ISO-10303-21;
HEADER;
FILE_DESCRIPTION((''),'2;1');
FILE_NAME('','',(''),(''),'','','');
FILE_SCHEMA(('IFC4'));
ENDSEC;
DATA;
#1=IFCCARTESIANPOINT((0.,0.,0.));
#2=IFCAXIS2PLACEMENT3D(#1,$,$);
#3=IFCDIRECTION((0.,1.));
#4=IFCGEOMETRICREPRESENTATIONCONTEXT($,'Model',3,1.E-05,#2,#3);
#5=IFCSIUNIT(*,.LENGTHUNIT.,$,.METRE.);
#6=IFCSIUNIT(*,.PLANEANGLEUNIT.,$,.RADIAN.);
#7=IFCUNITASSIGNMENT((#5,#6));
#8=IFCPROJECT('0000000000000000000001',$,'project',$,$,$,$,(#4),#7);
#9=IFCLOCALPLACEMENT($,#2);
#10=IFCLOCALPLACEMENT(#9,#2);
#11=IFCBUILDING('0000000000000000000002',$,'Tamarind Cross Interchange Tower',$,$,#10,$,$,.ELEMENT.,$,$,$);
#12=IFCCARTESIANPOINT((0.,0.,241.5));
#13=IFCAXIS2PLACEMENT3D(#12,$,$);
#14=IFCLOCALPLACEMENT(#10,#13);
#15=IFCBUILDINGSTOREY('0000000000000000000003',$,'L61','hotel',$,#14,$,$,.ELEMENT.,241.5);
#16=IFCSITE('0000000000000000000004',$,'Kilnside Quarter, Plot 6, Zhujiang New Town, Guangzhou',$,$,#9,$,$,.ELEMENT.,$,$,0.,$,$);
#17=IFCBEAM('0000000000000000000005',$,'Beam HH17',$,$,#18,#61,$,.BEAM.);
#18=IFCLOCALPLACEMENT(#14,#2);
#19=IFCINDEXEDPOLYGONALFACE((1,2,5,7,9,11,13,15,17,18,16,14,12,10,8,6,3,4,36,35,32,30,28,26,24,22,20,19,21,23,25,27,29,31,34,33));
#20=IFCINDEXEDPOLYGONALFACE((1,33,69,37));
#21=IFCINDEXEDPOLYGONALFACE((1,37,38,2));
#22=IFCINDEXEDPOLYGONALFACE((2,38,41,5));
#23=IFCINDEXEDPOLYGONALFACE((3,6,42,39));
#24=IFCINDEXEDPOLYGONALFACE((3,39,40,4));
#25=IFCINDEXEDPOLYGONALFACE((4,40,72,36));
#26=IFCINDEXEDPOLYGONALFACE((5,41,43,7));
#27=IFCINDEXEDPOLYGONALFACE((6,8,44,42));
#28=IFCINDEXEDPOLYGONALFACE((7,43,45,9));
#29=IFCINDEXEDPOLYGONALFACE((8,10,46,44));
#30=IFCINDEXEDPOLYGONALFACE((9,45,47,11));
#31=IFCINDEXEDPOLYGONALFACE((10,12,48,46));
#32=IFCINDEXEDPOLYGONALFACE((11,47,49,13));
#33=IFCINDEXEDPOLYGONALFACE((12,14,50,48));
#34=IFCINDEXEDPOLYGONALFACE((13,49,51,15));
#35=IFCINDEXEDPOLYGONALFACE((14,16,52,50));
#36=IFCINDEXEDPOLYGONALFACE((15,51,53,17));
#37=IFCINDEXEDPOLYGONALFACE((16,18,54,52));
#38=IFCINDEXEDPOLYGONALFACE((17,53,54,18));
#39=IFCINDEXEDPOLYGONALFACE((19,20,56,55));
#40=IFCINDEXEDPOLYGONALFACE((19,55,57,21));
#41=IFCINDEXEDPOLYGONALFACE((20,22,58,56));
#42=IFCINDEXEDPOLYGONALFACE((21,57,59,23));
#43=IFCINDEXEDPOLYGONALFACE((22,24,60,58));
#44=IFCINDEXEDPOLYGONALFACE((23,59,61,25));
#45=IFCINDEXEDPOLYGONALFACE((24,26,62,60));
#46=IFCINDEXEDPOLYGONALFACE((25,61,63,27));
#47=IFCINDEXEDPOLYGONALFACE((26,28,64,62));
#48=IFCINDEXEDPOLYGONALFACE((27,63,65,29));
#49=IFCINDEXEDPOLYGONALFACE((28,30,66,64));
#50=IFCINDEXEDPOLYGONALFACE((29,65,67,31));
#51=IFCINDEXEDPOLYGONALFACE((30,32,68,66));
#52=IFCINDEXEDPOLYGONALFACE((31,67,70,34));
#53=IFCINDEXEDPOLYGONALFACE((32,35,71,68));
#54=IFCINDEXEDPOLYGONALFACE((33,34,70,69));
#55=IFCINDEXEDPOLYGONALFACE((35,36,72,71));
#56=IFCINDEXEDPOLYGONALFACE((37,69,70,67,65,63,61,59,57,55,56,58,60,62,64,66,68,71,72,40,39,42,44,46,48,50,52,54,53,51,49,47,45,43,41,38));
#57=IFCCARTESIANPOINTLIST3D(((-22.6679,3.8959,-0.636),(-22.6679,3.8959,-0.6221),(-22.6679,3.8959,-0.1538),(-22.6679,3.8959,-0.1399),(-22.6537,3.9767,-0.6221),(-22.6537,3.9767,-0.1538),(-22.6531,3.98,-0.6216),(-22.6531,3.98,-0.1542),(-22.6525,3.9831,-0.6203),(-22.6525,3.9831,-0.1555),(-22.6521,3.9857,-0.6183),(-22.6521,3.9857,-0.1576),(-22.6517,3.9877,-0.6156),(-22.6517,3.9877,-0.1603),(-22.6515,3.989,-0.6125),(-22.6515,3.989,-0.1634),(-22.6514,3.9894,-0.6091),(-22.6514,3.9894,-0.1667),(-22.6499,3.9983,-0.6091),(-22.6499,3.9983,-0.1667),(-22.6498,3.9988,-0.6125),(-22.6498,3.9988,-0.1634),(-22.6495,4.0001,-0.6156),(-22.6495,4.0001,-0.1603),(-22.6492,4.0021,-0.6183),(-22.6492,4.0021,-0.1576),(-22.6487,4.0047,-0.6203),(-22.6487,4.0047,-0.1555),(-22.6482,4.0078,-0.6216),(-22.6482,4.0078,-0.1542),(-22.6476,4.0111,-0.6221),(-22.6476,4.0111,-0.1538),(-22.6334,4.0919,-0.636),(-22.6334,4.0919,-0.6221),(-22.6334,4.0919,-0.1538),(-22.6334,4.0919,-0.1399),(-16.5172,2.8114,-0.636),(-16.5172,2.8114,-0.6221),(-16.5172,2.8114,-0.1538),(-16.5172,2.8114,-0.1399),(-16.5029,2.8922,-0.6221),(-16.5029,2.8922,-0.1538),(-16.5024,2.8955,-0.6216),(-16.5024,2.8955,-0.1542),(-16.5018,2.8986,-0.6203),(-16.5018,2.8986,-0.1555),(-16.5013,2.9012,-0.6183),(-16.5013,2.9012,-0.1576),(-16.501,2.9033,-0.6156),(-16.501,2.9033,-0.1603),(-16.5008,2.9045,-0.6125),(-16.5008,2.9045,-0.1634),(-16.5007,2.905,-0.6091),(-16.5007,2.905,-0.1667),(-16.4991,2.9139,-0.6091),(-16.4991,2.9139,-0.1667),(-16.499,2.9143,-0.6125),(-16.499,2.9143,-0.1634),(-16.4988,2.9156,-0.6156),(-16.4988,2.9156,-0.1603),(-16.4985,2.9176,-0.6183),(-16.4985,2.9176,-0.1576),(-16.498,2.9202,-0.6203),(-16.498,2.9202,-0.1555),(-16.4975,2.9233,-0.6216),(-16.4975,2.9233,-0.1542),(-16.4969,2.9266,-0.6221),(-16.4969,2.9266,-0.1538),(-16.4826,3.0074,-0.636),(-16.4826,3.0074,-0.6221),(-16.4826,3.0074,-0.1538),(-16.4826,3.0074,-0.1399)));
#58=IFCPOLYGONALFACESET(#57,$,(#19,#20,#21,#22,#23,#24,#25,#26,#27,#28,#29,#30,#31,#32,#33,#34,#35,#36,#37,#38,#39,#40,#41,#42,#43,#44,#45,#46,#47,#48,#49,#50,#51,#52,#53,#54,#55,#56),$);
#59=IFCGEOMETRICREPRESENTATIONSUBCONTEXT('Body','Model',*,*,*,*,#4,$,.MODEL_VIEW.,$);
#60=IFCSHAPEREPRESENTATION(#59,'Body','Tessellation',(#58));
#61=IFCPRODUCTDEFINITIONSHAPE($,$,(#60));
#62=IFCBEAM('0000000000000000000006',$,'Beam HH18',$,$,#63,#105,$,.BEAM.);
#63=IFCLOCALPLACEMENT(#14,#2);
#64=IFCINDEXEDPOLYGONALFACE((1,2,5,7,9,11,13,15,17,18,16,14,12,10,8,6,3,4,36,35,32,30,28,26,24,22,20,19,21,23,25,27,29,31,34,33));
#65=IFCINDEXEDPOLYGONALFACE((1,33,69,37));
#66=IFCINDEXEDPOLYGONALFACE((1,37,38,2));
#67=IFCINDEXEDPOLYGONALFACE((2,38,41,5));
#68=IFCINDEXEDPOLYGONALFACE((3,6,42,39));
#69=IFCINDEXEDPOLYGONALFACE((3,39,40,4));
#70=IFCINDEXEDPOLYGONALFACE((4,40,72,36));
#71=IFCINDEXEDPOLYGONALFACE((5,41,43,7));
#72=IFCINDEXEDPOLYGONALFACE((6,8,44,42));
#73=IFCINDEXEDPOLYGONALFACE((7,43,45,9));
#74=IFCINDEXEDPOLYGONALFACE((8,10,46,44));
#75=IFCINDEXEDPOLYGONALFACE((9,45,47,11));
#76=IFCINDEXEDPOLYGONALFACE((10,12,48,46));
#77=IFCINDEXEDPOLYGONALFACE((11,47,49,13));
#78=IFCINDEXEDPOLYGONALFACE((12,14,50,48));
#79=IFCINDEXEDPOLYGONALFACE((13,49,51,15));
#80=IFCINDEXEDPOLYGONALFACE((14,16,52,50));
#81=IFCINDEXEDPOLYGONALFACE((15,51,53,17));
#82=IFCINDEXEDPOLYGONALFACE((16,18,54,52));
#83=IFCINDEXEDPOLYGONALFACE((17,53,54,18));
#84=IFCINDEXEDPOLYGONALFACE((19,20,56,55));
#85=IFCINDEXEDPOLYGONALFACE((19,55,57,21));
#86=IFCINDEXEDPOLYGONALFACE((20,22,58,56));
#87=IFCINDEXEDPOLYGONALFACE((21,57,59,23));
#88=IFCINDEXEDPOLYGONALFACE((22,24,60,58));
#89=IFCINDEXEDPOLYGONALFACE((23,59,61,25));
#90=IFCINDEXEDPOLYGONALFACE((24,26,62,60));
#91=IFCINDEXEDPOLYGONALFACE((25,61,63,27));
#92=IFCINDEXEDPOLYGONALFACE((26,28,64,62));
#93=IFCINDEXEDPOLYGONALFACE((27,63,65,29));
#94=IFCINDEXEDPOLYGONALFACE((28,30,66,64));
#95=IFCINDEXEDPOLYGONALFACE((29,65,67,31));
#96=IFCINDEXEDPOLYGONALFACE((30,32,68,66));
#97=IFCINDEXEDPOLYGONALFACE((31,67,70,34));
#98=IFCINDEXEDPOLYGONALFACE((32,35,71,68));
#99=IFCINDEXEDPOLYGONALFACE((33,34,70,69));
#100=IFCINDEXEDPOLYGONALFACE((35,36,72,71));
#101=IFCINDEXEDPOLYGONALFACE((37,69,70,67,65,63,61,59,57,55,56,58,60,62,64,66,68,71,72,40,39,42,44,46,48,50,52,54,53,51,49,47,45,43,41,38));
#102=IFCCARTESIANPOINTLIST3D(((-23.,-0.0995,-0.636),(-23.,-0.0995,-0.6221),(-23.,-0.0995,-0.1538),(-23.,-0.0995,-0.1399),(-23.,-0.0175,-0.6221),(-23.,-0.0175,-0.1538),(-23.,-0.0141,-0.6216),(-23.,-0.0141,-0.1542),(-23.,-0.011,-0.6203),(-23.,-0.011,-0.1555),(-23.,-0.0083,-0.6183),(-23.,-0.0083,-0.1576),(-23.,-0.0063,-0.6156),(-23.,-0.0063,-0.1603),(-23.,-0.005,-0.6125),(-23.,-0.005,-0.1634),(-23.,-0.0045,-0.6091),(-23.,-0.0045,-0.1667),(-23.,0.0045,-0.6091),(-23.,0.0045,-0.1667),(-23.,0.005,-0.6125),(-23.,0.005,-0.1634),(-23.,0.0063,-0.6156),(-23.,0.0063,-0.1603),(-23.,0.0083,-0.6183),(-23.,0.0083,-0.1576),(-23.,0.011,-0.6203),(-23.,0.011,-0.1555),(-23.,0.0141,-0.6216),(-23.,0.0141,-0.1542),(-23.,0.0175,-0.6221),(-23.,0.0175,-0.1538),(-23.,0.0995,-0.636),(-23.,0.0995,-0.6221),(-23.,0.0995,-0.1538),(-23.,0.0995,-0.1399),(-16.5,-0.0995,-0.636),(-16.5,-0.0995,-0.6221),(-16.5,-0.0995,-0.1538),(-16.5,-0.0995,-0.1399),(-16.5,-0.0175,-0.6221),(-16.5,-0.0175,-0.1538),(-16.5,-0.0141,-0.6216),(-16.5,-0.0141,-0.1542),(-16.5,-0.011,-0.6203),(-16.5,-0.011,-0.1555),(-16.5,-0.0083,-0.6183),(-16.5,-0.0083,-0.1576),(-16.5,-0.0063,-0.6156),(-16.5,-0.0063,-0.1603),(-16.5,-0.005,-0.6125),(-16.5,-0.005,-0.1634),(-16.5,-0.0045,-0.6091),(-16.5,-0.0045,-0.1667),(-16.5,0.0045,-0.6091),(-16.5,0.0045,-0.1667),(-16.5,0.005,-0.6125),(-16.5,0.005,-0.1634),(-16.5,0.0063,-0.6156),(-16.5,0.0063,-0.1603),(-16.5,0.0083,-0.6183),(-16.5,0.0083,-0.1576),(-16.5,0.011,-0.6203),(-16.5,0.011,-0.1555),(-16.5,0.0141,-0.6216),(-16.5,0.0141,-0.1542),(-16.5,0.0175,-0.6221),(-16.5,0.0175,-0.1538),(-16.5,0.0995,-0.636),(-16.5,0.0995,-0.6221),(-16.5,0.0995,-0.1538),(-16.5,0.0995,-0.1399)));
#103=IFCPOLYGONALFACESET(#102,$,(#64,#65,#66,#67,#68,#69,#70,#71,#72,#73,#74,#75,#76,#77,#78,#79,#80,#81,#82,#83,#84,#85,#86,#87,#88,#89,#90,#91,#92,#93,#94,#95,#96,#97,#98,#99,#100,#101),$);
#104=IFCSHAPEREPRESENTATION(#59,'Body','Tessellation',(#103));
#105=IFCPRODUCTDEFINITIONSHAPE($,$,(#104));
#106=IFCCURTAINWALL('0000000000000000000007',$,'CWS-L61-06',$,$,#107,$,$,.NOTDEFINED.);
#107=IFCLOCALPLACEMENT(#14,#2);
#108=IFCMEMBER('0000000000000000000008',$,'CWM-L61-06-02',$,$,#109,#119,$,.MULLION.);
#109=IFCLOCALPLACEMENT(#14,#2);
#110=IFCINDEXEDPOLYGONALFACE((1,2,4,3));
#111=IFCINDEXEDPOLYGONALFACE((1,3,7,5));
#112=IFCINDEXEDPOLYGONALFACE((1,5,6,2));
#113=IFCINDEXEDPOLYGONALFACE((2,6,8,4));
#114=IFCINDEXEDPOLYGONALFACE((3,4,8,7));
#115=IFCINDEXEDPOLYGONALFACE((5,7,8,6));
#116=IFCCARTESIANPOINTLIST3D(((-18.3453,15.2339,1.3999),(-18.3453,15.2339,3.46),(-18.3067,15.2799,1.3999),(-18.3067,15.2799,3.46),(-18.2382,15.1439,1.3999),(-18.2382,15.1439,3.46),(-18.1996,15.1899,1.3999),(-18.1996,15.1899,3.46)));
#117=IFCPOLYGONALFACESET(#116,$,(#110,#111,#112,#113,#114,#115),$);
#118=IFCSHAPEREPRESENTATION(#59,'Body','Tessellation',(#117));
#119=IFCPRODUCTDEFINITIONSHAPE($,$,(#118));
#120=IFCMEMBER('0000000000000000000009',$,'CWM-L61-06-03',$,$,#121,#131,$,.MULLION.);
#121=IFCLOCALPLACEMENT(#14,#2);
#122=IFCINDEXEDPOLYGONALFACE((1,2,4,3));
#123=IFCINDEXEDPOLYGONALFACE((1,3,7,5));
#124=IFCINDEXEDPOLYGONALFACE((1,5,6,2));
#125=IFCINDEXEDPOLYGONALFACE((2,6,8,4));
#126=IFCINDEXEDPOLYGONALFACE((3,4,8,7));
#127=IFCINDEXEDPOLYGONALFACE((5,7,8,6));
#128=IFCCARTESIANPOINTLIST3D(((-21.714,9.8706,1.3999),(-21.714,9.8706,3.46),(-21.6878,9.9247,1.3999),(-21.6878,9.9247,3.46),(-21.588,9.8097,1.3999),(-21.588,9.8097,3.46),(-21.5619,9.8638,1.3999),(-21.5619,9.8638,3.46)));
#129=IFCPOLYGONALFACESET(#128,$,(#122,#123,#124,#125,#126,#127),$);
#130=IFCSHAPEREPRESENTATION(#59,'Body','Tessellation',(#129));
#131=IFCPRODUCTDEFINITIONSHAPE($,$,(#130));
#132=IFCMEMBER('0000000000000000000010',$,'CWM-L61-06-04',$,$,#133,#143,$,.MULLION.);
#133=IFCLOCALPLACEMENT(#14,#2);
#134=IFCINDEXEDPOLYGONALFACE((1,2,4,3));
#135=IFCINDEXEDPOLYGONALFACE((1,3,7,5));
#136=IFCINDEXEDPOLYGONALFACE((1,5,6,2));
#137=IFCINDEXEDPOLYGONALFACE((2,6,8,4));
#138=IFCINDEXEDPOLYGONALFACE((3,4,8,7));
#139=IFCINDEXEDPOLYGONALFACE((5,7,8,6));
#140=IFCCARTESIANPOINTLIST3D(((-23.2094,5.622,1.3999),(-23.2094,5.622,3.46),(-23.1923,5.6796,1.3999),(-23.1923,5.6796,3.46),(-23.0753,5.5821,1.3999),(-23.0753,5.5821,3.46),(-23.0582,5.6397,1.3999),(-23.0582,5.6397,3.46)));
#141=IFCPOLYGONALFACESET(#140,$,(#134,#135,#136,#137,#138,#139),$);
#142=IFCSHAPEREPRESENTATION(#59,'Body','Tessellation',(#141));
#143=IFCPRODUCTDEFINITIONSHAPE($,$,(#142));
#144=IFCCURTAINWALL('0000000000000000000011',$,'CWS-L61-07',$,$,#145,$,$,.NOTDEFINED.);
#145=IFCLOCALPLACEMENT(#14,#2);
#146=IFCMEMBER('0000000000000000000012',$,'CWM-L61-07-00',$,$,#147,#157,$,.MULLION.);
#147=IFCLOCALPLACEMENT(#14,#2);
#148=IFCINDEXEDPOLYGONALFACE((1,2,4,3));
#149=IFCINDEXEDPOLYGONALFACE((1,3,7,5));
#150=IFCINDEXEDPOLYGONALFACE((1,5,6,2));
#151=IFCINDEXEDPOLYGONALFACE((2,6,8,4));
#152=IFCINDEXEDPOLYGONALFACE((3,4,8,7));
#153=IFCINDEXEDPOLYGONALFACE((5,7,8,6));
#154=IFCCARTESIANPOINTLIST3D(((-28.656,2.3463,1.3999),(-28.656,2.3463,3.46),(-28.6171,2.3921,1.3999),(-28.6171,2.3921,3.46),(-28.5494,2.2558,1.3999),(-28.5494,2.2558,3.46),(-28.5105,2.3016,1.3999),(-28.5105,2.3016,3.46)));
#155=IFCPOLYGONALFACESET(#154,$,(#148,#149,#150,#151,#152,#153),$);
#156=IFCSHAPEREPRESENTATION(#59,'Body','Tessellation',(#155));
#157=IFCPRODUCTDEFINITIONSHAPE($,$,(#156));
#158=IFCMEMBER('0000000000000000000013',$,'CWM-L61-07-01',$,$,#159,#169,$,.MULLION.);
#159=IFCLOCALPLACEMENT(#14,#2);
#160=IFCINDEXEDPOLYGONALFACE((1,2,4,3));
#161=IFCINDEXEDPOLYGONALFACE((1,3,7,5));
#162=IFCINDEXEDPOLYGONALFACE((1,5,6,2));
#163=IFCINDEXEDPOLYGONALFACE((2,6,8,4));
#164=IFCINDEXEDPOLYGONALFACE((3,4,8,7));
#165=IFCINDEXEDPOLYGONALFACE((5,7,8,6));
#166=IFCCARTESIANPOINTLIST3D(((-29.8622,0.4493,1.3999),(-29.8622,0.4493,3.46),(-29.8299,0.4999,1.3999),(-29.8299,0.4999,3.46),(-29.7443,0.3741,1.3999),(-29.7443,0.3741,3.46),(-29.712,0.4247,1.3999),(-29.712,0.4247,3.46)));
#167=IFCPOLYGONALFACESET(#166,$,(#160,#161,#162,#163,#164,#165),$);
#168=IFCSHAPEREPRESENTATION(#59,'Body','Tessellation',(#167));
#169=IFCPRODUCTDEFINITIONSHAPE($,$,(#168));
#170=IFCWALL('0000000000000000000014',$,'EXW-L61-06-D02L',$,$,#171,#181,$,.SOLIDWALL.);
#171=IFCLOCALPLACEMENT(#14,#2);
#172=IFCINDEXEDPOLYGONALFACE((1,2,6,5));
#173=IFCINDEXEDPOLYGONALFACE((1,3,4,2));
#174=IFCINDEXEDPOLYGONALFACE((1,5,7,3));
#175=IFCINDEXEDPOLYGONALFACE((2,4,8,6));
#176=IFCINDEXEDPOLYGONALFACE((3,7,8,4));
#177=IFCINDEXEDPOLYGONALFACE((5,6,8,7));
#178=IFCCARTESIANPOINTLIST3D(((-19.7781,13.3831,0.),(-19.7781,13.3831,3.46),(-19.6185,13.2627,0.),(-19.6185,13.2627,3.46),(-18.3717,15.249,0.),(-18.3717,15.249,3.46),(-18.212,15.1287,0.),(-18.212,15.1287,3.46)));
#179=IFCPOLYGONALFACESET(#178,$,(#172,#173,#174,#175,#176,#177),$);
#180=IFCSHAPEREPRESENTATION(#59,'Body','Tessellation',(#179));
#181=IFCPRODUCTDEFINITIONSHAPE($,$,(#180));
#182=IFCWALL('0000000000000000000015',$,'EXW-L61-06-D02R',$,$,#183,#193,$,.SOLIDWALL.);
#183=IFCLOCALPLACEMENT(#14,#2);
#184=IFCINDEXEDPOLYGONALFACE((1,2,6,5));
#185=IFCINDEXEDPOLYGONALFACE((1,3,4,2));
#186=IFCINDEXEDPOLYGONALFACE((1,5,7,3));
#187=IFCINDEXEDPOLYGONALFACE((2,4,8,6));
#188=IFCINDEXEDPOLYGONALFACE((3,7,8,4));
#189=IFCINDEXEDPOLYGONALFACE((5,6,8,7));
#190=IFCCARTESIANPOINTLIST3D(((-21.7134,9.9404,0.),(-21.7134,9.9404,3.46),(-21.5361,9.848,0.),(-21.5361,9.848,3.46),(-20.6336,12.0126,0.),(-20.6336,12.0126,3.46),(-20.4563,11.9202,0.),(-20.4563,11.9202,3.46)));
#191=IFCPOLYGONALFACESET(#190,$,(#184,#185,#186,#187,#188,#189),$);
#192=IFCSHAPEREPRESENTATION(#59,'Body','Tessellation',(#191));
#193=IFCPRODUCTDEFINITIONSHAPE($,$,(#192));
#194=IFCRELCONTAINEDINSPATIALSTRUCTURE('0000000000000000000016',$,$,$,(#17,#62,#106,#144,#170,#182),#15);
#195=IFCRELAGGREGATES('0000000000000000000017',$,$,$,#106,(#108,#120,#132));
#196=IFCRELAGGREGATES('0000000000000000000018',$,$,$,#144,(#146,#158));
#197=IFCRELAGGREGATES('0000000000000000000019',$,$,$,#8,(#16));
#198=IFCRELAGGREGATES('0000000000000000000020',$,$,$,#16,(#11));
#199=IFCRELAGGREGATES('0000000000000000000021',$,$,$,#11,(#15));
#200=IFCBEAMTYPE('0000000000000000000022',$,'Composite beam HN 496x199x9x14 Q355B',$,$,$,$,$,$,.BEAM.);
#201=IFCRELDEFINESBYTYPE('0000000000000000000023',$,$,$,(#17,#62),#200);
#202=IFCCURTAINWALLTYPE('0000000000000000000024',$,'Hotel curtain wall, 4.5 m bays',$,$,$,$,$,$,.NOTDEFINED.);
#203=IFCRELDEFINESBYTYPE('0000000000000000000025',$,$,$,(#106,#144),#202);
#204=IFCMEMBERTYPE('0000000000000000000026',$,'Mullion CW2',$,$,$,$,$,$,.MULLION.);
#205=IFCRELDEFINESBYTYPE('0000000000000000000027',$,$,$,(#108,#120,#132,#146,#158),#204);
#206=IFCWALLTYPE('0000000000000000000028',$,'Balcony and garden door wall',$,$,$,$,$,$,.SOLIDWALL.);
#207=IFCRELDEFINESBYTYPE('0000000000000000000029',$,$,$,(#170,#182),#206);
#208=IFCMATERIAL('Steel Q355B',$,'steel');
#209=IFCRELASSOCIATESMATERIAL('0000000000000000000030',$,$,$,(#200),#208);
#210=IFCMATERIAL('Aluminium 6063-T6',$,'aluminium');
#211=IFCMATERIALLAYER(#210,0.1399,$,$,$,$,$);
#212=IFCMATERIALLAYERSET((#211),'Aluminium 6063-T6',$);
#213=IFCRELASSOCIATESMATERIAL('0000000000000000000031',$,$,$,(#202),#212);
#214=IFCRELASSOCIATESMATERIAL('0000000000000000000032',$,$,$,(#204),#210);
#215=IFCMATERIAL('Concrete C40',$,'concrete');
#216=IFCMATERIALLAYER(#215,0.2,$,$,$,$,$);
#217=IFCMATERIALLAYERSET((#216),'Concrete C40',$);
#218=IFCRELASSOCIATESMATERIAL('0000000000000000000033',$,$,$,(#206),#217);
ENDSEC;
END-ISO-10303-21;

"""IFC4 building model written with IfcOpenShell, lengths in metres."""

from ifc_helpers import new_model, si_unit, direction, frame, frame_2d, origin, origin_2d, place, context, subcontext, project, spatial, rectangle, i_section, extrude, material, layer, layer_set, material_profile, profile_set, type_object, element, aggregate, save


model = new_model("IFC4")

# Units and contexts
model_context = context("Model", 3, precision=1e-05, world=origin(), true_north=direction((0.0, 1.0)))
body_context = subcontext(model_context, "Body", "Model", "MODEL_VIEW")
ifc_project = project(units=[si_unit("LENGTHUNIT", "METRE"), si_unit("PLANEANGLEUNIT", "RADIAN")], contexts=[model_context])

# Site, building, storey
site_placement = place(None, origin())
site = spatial("IfcSite", under=ifc_project, at=site_placement, Name="Kilnside Quarter, Plot 6, Zhujiang New Town, Guangzhou", CompositionType="ELEMENT", RefElevation=0.0)
building_placement = place(site_placement, origin())
building = spatial("IfcBuilding", under=site, at=building_placement, Name="Tamarind Cross Interchange Tower", CompositionType="ELEMENT")
storey_placement = place(building_placement, frame((0.0, 0.0, 241.5)))
storey = spatial("IfcBuildingStorey", under=building, at=storey_placement, Name="L61", Description="hotel", CompositionType="ELEMENT", Elevation=241.5)

# Beams
ifc_material_1 = material(Name="Steel Q355B", Category="steel")
ifc_material_profile_1 = material_profile(ifc_material_1, i_section(OverallWidth=0.199, OverallDepth=0.4961, WebThickness=0.009, FlangeThickness=0.0139, FilletRadius=0.0129, at=origin_2d()), Name="HN 496x199x9x14")
ifc_profile_set_1 = profile_set([ifc_material_profile_1], Name="Steel Q355B")
beam_type = type_object("IfcBeamType", Name="Composite beam HN 496x199x9x14 Q355B", PredefinedType="BEAM", material=ifc_profile_set_1)
beam_1_placement = place(storey_placement, frame((-22.6506, 3.9939, -0.3879), z_axis=(0.984809, -0.17364, 0.0), x_axis=(0.17364, 0.984809, 0.0)))
element("IfcBeam", 1, at=beam_1_placement, inside=storey, type_object=beam_type, Name="Beam HH17", PredefinedType="BEAM", context=body_context, shape_type="SweptSolid", body=[
    extrude(i_section(OverallWidth=0.199, OverallDepth=0.4961, WebThickness=0.009, FlangeThickness=0.0139, FilletRadius=0.0129, at=origin_2d()), origin(), (0.0, 0.0, 1.0), 6.2456),
])
beam_2_placement = place(storey_placement, frame((-23.0, 0.0, -0.3879), z_axis=(1.0, 0.0, 0.0), x_axis=(0.0, 1.0, 0.0)))
element("IfcBeam", 2, at=beam_2_placement, inside=storey, type_object=beam_type, Name="Beam HH18", PredefinedType="BEAM", context=body_context, shape_type="SweptSolid", body=[
    extrude(i_section(OverallWidth=0.199, OverallDepth=0.4961, WebThickness=0.009, FlangeThickness=0.0139, FilletRadius=0.0129, at=origin_2d()), origin(), (0.0, 0.0, 1.0), 6.5),
])

# Curtain walls, members
ifc_material_2 = material(Name="Aluminium 6063-T6", Category="aluminium")
ifc_layer_1 = layer(ifc_material_2, 0.1399)
ifc_layer_set_1 = layer_set([ifc_layer_1], Name="Aluminium 6063-T6")
curtain_wall_type = type_object("IfcCurtainWallType", Name="Hotel curtain wall, 4.5 m bays", PredefinedType="NOTDEFINED", material=ifc_layer_set_1)
curtain_wall_1_placement = place(storey_placement, origin())
curtain_wall_1 = element("IfcCurtainWall", 3, at=curtain_wall_1_placement, inside=storey, type_object=curtain_wall_type, Name="CWS-L61-06", PredefinedType="NOTDEFINED")
ifc_material_profile_2 = material_profile(ifc_material_2, rectangle(XDim=0.0601, YDim=0.1399, at=origin_2d()), Name="Mullion CW2")
ifc_profile_set_2 = profile_set([ifc_material_profile_2], Name="Aluminium 6063-T6")
member_type = type_object("IfcMemberType", Name="Mullion CW2", PredefinedType="MULLION", material=ifc_profile_set_2)
member_1_placement = place(storey_placement, frame((-18.2725, 15.2119, 1.3999), z_axis=(0.0, 0.0, 1.0), x_axis=(-0.643009, -0.765858, 0.0)))
member_1 = element("IfcMember", 4, at=member_1_placement, type_object=member_type, Name="CWM-L61-06-02", PredefinedType="MULLION", context=body_context, shape_type="SweptSolid", body=[
    extrude(rectangle(XDim=0.0601, YDim=0.1399, at=origin_2d()), origin(), (0.0, 0.0, 1.0), 2.0601),
])
member_2_placement = place(storey_placement, frame((-21.6379, 9.8672, 1.3999), z_axis=(0.0, 0.0, 1.0), x_axis=(-0.435326, -0.900273, 0.0)))
member_2 = element("IfcMember", 5, at=member_2_placement, type_object=member_type, Name="CWM-L61-06-03", PredefinedType="MULLION", context=body_context, shape_type="SweptSolid", body=[
    extrude(rectangle(XDim=0.0601, YDim=0.1399, at=origin_2d()), origin(), (0.0, 0.0, 1.0), 2.0601),
])
member_3_placement = place(storey_placement, frame((-23.1338, 5.6309, 1.3999), z_axis=(0.0, 0.0, 1.0), x_axis=(-0.284975, -0.958535, 0.0)))
member_3 = element("IfcMember", 6, at=member_3_placement, type_object=member_type, Name="CWM-L61-06-04", PredefinedType="MULLION", context=body_context, shape_type="SweptSolid", body=[
    extrude(rectangle(XDim=0.0601, YDim=0.1399, at=origin_2d()), origin(), (0.0, 0.0, 1.0), 2.0601),
])
aggregate(curtain_wall_1, [member_1, member_2, member_3])
curtain_wall_2_placement = place(storey_placement, origin())
curtain_wall_2 = element("IfcCurtainWall", 7, at=curtain_wall_2_placement, inside=storey, type_object=curtain_wall_type, Name="CWS-L61-07", PredefinedType="NOTDEFINED")
member_4_placement = place(storey_placement, frame((-28.5833, 2.324, 1.3999), z_axis=(0.0, 0.0, 1.0), x_axis=(-0.647147, -0.762366, 0.0)))
member_4 = element("IfcMember", 8, at=member_4_placement, type_object=member_type, Name="CWM-L61-07-00", PredefinedType="MULLION", context=body_context, shape_type="SweptSolid", body=[
    extrude(rectangle(XDim=0.0601, YDim=0.1399, at=origin_2d()), origin(), (0.0, 0.0, 1.0), 2.0601),
])
member_5_placement = place(storey_placement, frame((-29.7871, 0.437, 1.3999), z_axis=(0.0, 0.0, 1.0), x_axis=(-0.537829, -0.843054, 0.0)))
member_5 = element("IfcMember", 9, at=member_5_placement, type_object=member_type, Name="CWM-L61-07-01", PredefinedType="MULLION", context=body_context, shape_type="SweptSolid", body=[
    extrude(rectangle(XDim=0.0601, YDim=0.1399, at=origin_2d()), origin(), (0.0, 0.0, 1.0), 2.0601),
])
aggregate(curtain_wall_2, [member_4, member_5])

# Walls
ifc_material_3 = material(Name="Concrete C40", Category="concrete")
ifc_layer_2 = layer(ifc_material_3, 0.2)
ifc_layer_set_2 = layer_set([ifc_layer_2], Name="Concrete C40")
wall_type_1 = type_object("IfcWallType", Name="Balcony and garden door wall", PredefinedType="SOLIDWALL", material=ifc_layer_set_2)
for number, where, z_axis, x_axis, name in (
    (10, (-18.2917, 15.189, 0.0), (0.0, 0.0, 1.0), (-0.601921, -0.798556, 0.0), "EXW-L61-06-D02L"),
    (11, (-20.5449, 11.9666, 0.0), (0.0, 0.0, 1.0), (-0.462112, -0.886821, 0.0), "EXW-L61-06-D02R"),
):
    element("IfcWall", number, at=place(storey_placement, frame(where, z_axis=z_axis, x_axis=x_axis)), inside=storey, type_object=wall_type_1, Name=name, PredefinedType="SOLIDWALL", context=body_context, shape_type="SweptSolid", body=[
        extrude(rectangle(XDim=2.3367, YDim=0.2, at=frame_2d((1.1685, 0.0))), origin(), (0.0, 0.0, 1.0), 3.46),
    ])

save(model, "model.ifc")
